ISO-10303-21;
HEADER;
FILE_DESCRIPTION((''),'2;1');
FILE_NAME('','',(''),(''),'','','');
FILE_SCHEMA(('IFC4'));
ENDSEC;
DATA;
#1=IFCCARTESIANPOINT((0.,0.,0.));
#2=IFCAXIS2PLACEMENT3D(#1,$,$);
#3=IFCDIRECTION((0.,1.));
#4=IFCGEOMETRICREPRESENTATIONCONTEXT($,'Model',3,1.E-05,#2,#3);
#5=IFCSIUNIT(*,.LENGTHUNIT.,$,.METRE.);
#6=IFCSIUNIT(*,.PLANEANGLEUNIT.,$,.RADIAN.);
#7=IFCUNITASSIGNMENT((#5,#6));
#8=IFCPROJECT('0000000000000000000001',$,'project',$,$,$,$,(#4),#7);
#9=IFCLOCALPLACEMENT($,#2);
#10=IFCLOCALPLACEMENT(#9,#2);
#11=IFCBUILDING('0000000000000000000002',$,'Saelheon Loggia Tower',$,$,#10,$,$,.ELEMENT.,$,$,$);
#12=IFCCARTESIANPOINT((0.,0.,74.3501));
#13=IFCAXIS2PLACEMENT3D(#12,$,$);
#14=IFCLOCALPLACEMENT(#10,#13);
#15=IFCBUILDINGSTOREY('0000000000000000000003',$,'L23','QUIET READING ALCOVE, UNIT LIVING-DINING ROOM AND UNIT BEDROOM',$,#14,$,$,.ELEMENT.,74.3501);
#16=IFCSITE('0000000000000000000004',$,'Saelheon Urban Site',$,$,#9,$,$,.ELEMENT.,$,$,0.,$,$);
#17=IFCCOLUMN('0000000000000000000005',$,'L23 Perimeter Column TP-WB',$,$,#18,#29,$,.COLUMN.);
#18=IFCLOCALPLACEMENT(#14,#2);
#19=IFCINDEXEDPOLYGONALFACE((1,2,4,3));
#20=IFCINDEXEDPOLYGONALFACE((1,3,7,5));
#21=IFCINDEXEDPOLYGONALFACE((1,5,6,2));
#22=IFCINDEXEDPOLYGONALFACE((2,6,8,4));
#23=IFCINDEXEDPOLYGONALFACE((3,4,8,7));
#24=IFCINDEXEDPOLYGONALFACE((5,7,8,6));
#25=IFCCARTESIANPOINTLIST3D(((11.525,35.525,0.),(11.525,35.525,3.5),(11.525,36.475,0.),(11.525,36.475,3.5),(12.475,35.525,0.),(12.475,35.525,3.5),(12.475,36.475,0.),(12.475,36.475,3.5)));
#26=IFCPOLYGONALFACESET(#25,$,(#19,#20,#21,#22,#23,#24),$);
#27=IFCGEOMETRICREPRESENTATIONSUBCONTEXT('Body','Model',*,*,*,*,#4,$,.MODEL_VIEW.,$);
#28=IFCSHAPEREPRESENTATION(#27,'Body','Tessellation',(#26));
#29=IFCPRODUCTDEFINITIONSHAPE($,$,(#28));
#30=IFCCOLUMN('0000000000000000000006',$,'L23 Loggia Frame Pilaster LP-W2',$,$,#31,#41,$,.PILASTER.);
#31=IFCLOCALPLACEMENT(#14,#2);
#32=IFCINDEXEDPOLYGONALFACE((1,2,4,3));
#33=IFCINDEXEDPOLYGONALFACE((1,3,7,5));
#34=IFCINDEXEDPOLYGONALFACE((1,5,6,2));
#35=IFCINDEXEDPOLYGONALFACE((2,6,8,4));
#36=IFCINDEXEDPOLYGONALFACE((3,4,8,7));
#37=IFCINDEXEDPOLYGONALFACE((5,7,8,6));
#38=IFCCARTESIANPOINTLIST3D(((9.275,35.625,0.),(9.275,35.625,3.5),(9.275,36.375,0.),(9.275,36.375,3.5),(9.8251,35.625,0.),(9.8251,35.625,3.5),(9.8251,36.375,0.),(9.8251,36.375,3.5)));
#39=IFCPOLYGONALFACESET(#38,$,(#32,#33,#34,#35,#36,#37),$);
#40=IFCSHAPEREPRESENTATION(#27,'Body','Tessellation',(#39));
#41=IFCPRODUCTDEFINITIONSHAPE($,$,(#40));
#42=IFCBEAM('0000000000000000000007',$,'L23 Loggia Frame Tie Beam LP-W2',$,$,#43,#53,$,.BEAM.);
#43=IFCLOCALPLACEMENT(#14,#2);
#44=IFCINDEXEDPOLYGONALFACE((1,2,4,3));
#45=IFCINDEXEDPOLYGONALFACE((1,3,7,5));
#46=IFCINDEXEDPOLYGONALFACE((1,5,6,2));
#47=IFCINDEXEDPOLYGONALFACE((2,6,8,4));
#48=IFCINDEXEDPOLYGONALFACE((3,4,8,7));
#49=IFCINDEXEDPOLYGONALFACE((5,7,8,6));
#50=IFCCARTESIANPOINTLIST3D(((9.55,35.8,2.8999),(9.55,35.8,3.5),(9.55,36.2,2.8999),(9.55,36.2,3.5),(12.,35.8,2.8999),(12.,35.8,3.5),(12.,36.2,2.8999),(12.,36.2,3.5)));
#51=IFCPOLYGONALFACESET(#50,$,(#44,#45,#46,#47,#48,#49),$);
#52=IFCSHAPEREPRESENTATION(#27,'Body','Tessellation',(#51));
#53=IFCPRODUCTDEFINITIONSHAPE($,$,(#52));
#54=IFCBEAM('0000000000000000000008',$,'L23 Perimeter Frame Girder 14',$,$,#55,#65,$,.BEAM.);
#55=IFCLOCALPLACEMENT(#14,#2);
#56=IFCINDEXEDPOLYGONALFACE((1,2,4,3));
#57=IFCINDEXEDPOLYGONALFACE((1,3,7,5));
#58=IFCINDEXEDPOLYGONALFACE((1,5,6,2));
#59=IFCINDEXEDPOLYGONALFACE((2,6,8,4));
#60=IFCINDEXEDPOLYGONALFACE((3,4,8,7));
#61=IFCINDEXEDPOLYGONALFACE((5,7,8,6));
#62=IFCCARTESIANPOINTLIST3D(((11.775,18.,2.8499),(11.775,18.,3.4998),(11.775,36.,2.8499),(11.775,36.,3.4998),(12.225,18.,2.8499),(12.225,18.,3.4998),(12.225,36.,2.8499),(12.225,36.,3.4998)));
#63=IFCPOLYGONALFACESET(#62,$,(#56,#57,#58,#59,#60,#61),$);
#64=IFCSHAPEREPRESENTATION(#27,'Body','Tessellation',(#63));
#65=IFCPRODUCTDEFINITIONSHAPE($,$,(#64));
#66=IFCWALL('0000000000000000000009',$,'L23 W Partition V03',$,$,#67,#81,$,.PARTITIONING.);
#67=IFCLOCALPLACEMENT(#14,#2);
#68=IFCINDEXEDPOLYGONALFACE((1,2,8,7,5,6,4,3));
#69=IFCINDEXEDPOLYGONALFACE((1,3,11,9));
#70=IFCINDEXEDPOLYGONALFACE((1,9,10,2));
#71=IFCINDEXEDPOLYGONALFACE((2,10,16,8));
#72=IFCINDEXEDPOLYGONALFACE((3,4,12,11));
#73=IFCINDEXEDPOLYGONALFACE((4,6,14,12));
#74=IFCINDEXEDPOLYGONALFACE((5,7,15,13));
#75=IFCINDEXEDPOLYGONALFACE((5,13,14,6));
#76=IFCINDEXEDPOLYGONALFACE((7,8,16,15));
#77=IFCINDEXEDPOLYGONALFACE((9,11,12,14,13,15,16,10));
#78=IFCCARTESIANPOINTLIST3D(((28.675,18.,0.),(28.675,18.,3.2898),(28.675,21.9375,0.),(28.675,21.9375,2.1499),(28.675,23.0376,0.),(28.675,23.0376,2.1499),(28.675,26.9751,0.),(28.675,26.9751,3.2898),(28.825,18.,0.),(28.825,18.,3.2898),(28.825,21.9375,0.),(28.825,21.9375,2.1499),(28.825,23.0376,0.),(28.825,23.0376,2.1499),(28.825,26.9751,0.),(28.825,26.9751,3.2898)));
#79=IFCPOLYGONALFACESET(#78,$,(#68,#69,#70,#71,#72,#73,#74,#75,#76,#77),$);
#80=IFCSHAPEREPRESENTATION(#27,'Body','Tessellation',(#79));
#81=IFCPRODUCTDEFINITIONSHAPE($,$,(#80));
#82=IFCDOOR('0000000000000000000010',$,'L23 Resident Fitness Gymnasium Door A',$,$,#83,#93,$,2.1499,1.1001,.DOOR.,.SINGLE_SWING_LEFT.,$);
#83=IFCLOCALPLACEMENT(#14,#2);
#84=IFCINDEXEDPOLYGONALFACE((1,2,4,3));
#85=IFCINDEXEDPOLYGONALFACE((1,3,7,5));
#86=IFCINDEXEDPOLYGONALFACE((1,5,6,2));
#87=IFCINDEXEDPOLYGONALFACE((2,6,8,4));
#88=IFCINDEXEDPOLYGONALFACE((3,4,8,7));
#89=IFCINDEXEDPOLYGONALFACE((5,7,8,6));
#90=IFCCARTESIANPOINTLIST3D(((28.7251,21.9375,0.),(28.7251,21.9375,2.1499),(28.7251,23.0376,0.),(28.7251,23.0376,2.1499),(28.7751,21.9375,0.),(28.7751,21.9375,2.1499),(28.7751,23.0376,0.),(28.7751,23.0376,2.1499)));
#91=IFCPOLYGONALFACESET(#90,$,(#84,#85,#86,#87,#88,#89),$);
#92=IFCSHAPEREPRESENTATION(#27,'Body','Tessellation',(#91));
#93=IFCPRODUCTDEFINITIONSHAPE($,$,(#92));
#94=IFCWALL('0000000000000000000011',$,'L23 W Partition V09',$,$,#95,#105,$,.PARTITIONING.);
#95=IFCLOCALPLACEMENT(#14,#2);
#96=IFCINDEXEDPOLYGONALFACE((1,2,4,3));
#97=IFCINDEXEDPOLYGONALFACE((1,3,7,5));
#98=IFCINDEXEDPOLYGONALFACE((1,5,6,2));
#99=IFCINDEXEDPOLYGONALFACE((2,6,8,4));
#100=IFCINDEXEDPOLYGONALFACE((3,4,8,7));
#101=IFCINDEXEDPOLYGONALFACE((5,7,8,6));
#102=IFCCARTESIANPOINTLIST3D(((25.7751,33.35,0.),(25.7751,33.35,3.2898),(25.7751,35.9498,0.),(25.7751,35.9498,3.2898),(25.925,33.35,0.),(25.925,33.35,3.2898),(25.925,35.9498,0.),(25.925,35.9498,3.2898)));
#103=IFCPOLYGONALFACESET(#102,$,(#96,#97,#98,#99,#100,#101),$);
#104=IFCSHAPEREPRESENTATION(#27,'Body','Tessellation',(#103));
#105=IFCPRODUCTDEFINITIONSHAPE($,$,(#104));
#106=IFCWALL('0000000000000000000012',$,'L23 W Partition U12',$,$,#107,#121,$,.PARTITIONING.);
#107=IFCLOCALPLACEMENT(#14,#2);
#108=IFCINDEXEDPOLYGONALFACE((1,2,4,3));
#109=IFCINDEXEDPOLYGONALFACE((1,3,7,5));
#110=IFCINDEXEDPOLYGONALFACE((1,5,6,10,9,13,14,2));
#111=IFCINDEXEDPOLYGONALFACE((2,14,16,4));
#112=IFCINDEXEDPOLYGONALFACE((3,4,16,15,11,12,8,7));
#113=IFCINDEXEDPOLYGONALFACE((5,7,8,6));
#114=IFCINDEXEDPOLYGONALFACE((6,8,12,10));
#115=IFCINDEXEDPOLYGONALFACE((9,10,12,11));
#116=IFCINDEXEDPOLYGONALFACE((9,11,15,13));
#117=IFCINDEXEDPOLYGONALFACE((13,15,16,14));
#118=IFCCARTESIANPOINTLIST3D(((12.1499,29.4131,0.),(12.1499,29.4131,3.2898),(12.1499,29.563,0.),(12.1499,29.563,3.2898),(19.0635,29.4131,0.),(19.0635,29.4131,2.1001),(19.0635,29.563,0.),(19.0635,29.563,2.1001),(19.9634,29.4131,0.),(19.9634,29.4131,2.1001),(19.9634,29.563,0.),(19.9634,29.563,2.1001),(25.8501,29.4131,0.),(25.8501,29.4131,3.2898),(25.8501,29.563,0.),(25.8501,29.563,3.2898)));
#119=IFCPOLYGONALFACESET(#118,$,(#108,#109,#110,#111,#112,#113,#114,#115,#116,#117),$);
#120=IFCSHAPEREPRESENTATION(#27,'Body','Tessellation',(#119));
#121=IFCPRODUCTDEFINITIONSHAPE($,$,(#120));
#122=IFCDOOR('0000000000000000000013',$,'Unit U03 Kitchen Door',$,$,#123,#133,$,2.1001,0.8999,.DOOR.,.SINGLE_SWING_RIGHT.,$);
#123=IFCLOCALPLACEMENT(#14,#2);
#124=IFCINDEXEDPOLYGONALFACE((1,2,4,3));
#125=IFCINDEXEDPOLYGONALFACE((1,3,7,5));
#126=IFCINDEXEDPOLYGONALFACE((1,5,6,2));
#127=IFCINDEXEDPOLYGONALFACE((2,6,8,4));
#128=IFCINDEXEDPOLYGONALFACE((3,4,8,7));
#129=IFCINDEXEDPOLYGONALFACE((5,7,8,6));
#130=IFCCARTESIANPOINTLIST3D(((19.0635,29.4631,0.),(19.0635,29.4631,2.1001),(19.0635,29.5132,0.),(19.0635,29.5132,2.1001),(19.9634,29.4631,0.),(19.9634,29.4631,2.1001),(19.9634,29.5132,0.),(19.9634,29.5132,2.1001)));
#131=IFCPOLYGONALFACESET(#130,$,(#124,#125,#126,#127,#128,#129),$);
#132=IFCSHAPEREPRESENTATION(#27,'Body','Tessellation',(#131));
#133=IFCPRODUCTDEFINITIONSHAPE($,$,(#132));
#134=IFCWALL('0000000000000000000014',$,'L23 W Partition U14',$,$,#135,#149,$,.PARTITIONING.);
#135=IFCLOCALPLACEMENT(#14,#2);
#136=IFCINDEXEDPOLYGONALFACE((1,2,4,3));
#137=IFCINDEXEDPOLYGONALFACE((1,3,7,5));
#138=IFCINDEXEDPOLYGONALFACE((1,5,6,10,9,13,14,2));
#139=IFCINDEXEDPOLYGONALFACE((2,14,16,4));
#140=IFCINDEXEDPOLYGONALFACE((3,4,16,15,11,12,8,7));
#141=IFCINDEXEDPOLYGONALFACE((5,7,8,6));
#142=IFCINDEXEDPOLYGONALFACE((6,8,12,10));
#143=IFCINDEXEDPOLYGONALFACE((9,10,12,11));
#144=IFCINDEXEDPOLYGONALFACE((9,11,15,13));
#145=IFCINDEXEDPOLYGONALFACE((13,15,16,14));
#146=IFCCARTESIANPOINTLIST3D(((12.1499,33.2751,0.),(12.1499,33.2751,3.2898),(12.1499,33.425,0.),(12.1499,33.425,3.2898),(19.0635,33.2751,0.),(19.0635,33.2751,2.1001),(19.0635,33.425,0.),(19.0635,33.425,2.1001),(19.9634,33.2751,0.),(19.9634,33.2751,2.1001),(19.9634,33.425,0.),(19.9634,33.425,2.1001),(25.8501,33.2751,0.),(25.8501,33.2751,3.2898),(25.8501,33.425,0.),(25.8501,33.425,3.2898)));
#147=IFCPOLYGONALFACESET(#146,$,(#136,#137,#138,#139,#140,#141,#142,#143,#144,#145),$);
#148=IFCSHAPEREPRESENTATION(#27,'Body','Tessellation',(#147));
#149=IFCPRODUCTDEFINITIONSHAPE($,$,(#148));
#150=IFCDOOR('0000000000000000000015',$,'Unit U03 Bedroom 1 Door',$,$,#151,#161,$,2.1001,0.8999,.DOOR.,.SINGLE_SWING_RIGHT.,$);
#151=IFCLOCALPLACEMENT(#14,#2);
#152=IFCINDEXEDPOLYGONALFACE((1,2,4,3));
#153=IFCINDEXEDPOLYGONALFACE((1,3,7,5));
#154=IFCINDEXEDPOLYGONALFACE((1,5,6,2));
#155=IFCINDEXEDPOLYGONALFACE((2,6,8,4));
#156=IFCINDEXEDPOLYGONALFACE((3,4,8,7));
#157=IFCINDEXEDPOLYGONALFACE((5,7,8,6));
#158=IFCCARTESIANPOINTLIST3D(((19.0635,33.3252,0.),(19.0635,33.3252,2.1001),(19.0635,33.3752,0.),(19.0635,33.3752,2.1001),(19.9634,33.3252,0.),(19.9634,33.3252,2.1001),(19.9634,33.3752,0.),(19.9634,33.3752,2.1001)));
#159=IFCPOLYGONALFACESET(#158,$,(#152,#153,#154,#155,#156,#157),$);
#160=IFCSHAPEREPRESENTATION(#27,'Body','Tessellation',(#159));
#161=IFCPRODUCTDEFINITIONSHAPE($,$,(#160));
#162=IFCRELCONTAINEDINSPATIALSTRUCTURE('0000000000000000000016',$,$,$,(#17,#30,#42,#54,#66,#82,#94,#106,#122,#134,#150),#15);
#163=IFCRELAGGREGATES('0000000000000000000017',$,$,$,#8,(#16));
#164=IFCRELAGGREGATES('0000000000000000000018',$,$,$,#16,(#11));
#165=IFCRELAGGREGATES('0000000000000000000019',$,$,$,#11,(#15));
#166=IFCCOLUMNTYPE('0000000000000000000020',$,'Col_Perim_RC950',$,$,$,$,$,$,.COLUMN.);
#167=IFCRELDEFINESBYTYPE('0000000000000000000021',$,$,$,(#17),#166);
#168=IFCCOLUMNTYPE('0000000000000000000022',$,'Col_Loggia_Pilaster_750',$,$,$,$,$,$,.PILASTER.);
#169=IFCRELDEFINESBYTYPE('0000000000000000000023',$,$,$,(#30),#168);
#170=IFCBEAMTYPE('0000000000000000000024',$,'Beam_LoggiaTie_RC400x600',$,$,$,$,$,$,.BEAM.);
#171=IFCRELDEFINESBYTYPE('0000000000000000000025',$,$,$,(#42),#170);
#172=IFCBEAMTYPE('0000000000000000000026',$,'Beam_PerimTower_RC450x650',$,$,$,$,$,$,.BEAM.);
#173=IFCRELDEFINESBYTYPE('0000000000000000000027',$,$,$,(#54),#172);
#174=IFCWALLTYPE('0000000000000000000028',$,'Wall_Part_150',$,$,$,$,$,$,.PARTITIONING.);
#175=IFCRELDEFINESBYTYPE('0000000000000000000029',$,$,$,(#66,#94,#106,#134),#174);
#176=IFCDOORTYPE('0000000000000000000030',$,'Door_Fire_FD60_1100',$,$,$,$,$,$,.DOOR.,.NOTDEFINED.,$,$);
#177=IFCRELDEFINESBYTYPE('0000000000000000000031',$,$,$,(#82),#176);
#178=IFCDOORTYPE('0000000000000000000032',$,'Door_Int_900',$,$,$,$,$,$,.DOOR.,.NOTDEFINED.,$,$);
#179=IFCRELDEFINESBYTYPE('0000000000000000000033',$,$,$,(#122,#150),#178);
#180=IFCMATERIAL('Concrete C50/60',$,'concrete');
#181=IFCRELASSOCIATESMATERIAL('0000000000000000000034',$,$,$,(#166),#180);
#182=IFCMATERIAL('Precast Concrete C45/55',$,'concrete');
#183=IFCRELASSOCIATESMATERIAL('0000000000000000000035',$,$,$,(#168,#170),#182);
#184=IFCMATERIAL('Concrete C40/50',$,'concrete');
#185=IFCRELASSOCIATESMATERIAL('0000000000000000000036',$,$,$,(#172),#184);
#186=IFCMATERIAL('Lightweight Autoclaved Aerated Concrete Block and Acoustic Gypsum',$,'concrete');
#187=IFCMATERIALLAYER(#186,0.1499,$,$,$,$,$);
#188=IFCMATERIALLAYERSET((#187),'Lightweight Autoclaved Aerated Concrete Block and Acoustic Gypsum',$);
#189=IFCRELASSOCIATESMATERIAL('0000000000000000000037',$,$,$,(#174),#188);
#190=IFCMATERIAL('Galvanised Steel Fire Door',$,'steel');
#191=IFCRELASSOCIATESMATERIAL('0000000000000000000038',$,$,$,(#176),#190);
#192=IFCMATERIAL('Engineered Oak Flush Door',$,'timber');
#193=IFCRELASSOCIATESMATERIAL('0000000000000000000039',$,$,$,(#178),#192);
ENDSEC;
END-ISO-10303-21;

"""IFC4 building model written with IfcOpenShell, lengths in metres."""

from ifc_helpers import new_model, si_unit, direction, frame, frame_2d, origin, origin_2d, place, context, subcontext, project, spatial, rectangle, extrude, source, transform, mapped, material, layer, layer_set, material_profile, profile_set, type_object, element, fill, save


model = new_model("IFC4")

# Units and contexts
model_context = context("Model", 3, precision=1e-05, world=origin(), true_north=direction((0.0, 1.0)))
body_context = subcontext(model_context, "Body", "Model", "MODEL_VIEW")
ifc_project = project(units=[si_unit("LENGTHUNIT", "METRE"), si_unit("PLANEANGLEUNIT", "RADIAN")], contexts=[model_context])

# Site, building, storey
site_placement = place(None, origin())
site = spatial("IfcSite", under=ifc_project, at=site_placement, Name="Saelheon Urban Site", CompositionType="ELEMENT", RefElevation=0.0)
building_placement = place(site_placement, origin())
building = spatial("IfcBuilding", under=site, at=building_placement, Name="Saelheon Loggia Tower", CompositionType="ELEMENT")
storey_placement = place(building_placement, frame((0.0, 0.0, 74.3501)))
storey = spatial("IfcBuildingStorey", under=building, at=storey_placement, Name="L23", Description="QUIET READING ALCOVE, UNIT LIVING-DINING ROOM AND UNIT BEDROOM", CompositionType="ELEMENT", Elevation=74.3501)

# Columns
ifc_material_1 = material(Name="Concrete C50/60", Category="concrete")
ifc_material_profile_1 = material_profile(ifc_material_1, rectangle(XDim=0.95, YDim=0.95, at=origin_2d()), Name="RC-950x950")
ifc_profile_set_1 = profile_set([ifc_material_profile_1], Name="Concrete C50/60")
column_type_1 = type_object("IfcColumnType", Name="Col_Perim_RC950", PredefinedType="COLUMN", material=ifc_profile_set_1)
shared_shape_1 = source(origin(), body_context, "Body", "SweptSolid", [
    extrude(rectangle(XDim=0.95, YDim=0.95, at=origin_2d()), origin(), (0.0, 0.0, 1.0), 3.5),
])
column_1_placement = place(storey_placement, frame((12.0, 36.0, 0.0), z_axis=(0.0, 0.0, 1.0), x_axis=(1.0, 0.0, 0.0)))
element("IfcColumn", 1, at=column_1_placement, inside=storey, type_object=column_type_1, Name="L23 Perimeter Column TP-WB", PredefinedType="COLUMN", context=body_context, shape_type="MappedRepresentation", body=[
    mapped(shared_shape_1, transform((0.0, 0.0, 0.0), scale=1.0)),
])
ifc_material_2 = material(Name="Precast Concrete C45/55", Category="concrete")
ifc_material_profile_2 = material_profile(ifc_material_2, rectangle(XDim=0.55, YDim=0.75, at=origin_2d()), Name="RC-550x750")
ifc_profile_set_2 = profile_set([ifc_material_profile_2], Name="Precast Concrete C45/55")
column_type_2 = type_object("IfcColumnType", Name="Col_Loggia_Pilaster_750", PredefinedType="PILASTER", material=ifc_profile_set_2)
shared_shape_2 = source(origin(), body_context, "Body", "SweptSolid", [
    extrude(rectangle(XDim=0.55, YDim=0.75, at=origin_2d()), origin(), (0.0, 0.0, 1.0), 3.5),
])
column_2_placement = place(storey_placement, frame((9.55, 36.0, 0.0), z_axis=(0.0, 0.0, 1.0), x_axis=(1.0, 0.0, 0.0)))
element("IfcColumn", 2, at=column_2_placement, inside=storey, type_object=column_type_2, Name="L23 Loggia Frame Pilaster LP-W2", PredefinedType="PILASTER", context=body_context, shape_type="MappedRepresentation", body=[
    mapped(shared_shape_2, transform((0.0, 0.0, 0.0), scale=1.0)),
])

# Beams
ifc_material_profile_3 = material_profile(ifc_material_2, rectangle(XDim=0.3999, YDim=0.6001, at=origin_2d()), Name="RC-400x600")
ifc_profile_set_3 = profile_set([ifc_material_profile_3], Name="Precast Concrete C45/55")
beam_type_1 = type_object("IfcBeamType", Name="Beam_LoggiaTie_RC400x600", PredefinedType="BEAM", material=ifc_profile_set_3)
shared_shape_3 = source(origin(), body_context, "Body", "SweptSolid", [
    extrude(rectangle(XDim=0.3999, YDim=0.6001, at=origin_2d()), origin(), (0.0, 0.0, 1.0), 2.45),
])
beam_1_placement = place(storey_placement, frame((12.0, 36.0, 3.2), z_axis=(-1.0, 0.0, 0.0), x_axis=(0.0, -1.0, 0.0)))
element("IfcBeam", 3, at=beam_1_placement, inside=storey, type_object=beam_type_1, Name="L23 Loggia Frame Tie Beam LP-W2", PredefinedType="BEAM", context=body_context, shape_type="MappedRepresentation", body=[
    mapped(shared_shape_3, transform((0.0, 0.0, 0.0), scale=1.0)),
])
ifc_material_3 = material(Name="Concrete C40/50", Category="concrete")
ifc_material_profile_4 = material_profile(ifc_material_3, rectangle(XDim=0.45, YDim=0.6499, at=origin_2d()), Name="RC-450x650")
ifc_profile_set_4 = profile_set([ifc_material_profile_4], Name="Concrete C40/50")
beam_type_2 = type_object("IfcBeamType", Name="Beam_PerimTower_RC450x650", PredefinedType="BEAM", material=ifc_profile_set_4)
shared_shape_4 = source(origin(), body_context, "Body", "SweptSolid", [
    extrude(rectangle(XDim=0.45, YDim=0.6499, at=origin_2d()), origin(), (0.0, 0.0, 1.0), 18.0),
])
beam_2_placement = place(storey_placement, frame((12.0, 36.0, 3.1748), z_axis=(0.0, -1.0, 0.0), x_axis=(1.0, 0.0, 0.0)))
element("IfcBeam", 4, at=beam_2_placement, inside=storey, type_object=beam_type_2, Name="L23 Perimeter Frame Girder 14", PredefinedType="BEAM", context=body_context, shape_type="MappedRepresentation", body=[
    mapped(shared_shape_4, transform((0.0, 0.0, 0.0), scale=1.0)),
])

# Wall, opening, door
ifc_material_4 = material(Name="Lightweight Autoclaved Aerated Concrete Block and Acoustic Gypsum", Category="concrete")
ifc_layer_1 = layer(ifc_material_4, 0.1499)
ifc_layer_set_1 = layer_set([ifc_layer_1], Name="Lightweight Autoclaved Aerated Concrete Block and Acoustic Gypsum")
wall_type_1 = type_object("IfcWallType", Name="Wall_Part_150", PredefinedType="PARTITIONING", material=ifc_layer_set_1)
wall_1_placement = place(storey_placement, frame((28.75, 18.0, 0.0), z_axis=(0.0, 0.0, 1.0), x_axis=(0.0, 1.0, 0.0)))
wall_1 = element("IfcWall", 5, at=wall_1_placement, inside=storey, type_object=wall_type_1, Name="L23 W Partition V03", PredefinedType="PARTITIONING", context=body_context, shape_type="SweptSolid", body=[
    extrude(rectangle(XDim=8.9751, YDim=0.1499, at=frame_2d((4.4875, 0.0))), origin(), (0.0, 0.0, 1.0), 3.2898),
])
opening_1_placement = place(wall_1_placement, frame((3.9375, 0.0, 0.0)))
opening_1 = element("IfcOpeningElement", 6, at=opening_1_placement, cuts=wall_1, PredefinedType="OPENING", context=body_context, shape_type="SweptSolid", body=[
    extrude(rectangle(XDim=1.1001, YDim=2.1499, at=frame_2d((0.55, 1.075))), frame((0.0, 0.0869, 0.0), z_axis=(0.0, -1.0, 0.0), x_axis=(1.0, 0.0, 0.0)), (0.0, 0.0, 1.0), 0.1738),
])
ifc_material_5 = material(Name="Galvanised Steel Fire Door", Category="steel")
door_type_1 = type_object("IfcDoorType", Name="Door_Fire_FD60_1100", OperationType="NOTDEFINED", PredefinedType="DOOR", material=ifc_material_5)
shared_shape_5 = source(origin(), body_context, "Body", "SweptSolid", [
    extrude(rectangle(XDim=1.1001, YDim=2.1499, at=frame_2d((0.55, 1.075))), frame((0.0, 0.0249, 0.0), z_axis=(0.0, -1.0, 0.0), x_axis=(1.0, 0.0, 0.0)), (0.0, 0.0, 1.0), 0.05),
])
door_1_placement = place(opening_1_placement, origin())
door_1 = element("IfcDoor", 7, at=door_1_placement, inside=storey, type_object=door_type_1, Name="L23 Resident Fitness Gymnasium Door A", OperationType="SINGLE_SWING_LEFT", OverallHeight=2.1499, OverallWidth=1.1001, PredefinedType="DOOR", context=body_context, shape_type="MappedRepresentation", body=[
    mapped(shared_shape_5, transform((0.0, 0.0, 0.0), scale=1.0)),
])
fill(opening_1, door_1)

# Wall
wall_2_placement = place(storey_placement, frame((25.8501, 33.3501, 0.0), z_axis=(0.0, 0.0, 1.0), x_axis=(0.0, 1.0, 0.0)))
element("IfcWall", 8, at=wall_2_placement, inside=storey, type_object=wall_type_1, Name="L23 W Partition V09", PredefinedType="PARTITIONING", context=body_context, shape_type="SweptSolid", body=[
    extrude(rectangle(XDim=2.5999, YDim=0.1499, at=frame_2d((1.2998, 0.0))), origin(), (0.0, 0.0, 1.0), 3.2898),
])

# Walls, openings, doors
wall_3_placement = place(storey_placement, frame((25.8501, 29.488, 0.0), z_axis=(0.0, 0.0, 1.0), x_axis=(-1.0, 0.0, 0.0)))
wall_3 = element("IfcWall", 9, at=wall_3_placement, inside=storey, type_object=wall_type_1, Name="L23 W Partition U12", PredefinedType="PARTITIONING", context=body_context, shape_type="SweptSolid", body=[
    extrude(rectangle(XDim=13.7002, YDim=0.1499, at=frame_2d((6.8501, 0.0))), origin(), (0.0, 0.0, 1.0), 3.2898),
])
opening_2_placement = place(wall_3_placement, frame((5.8867, 0.0, 0.0)))
opening_2 = element("IfcOpeningElement", 10, at=opening_2_placement, cuts=wall_3, PredefinedType="OPENING", context=body_context, shape_type="SweptSolid", body=[
    extrude(rectangle(XDim=0.8999, YDim=2.1001, at=frame_2d((0.45, 1.05))), frame((0.0, 0.0869, 0.0), z_axis=(0.0, -1.0, 0.0), x_axis=(1.0, 0.0, 0.0)), (0.0, 0.0, 1.0), 0.1738),
])
ifc_material_6 = material(Name="Engineered Oak Flush Door", Category="timber")
door_type_2 = type_object("IfcDoorType", Name="Door_Int_900", OperationType="NOTDEFINED", PredefinedType="DOOR", material=ifc_material_6)
shared_shape_6 = source(origin(), body_context, "Body", "SweptSolid", [
    extrude(rectangle(XDim=0.8999, YDim=2.1001, at=frame_2d((0.45, 1.05))), frame((0.0, 0.0249, 0.0), z_axis=(0.0, -1.0, 0.0), x_axis=(1.0, 0.0, 0.0)), (0.0, 0.0, 1.0), 0.05),
])
door_2_placement = place(opening_2_placement, origin())
door_2 = element("IfcDoor", 11, at=door_2_placement, inside=storey, type_object=door_type_2, Name="Unit U03 Kitchen Door", OperationType="SINGLE_SWING_RIGHT", OverallHeight=2.1001, OverallWidth=0.8999, PredefinedType="DOOR", context=body_context, shape_type="MappedRepresentation", body=[
    mapped(shared_shape_6, transform((0.0, 0.0, 0.0), scale=1.0)),
])
fill(opening_2, door_2)
wall_4_placement = place(storey_placement, frame((25.8501, 33.3501, 0.0), z_axis=(0.0, 0.0, 1.0), x_axis=(-1.0, 0.0, 0.0)))
wall_4 = element("IfcWall", 12, at=wall_4_placement, inside=storey, type_object=wall_type_1, Name="L23 W Partition U14", PredefinedType="PARTITIONING", context=body_context, shape_type="SweptSolid", body=[
    extrude(rectangle(XDim=13.7002, YDim=0.1499, at=frame_2d((6.8501, 0.0))), origin(), (0.0, 0.0, 1.0), 3.2898),
])
opening_3_placement = place(wall_4_placement, frame((5.8867, 0.0, 0.0)))
opening_3 = element("IfcOpeningElement", 13, at=opening_3_placement, cuts=wall_4, PredefinedType="OPENING", context=body_context, shape_type="SweptSolid", body=[
    extrude(rectangle(XDim=0.8999, YDim=2.1001, at=frame_2d((0.45, 1.05))), frame((0.0, 0.0869, 0.0), z_axis=(0.0, -1.0, 0.0), x_axis=(1.0, 0.0, 0.0)), (0.0, 0.0, 1.0), 0.1738),
])
door_3_placement = place(opening_3_placement, origin())
door_3 = element("IfcDoor", 14, at=door_3_placement, inside=storey, type_object=door_type_2, Name="Unit U03 Bedroom 1 Door", OperationType="SINGLE_SWING_RIGHT", OverallHeight=2.1001, OverallWidth=0.8999, PredefinedType="DOOR", context=body_context, shape_type="MappedRepresentation", body=[
    mapped(shared_shape_6, transform((0.0, 0.0, 0.0), scale=1.0)),
])
fill(opening_3, door_3)

save(model, "model.ifc")
